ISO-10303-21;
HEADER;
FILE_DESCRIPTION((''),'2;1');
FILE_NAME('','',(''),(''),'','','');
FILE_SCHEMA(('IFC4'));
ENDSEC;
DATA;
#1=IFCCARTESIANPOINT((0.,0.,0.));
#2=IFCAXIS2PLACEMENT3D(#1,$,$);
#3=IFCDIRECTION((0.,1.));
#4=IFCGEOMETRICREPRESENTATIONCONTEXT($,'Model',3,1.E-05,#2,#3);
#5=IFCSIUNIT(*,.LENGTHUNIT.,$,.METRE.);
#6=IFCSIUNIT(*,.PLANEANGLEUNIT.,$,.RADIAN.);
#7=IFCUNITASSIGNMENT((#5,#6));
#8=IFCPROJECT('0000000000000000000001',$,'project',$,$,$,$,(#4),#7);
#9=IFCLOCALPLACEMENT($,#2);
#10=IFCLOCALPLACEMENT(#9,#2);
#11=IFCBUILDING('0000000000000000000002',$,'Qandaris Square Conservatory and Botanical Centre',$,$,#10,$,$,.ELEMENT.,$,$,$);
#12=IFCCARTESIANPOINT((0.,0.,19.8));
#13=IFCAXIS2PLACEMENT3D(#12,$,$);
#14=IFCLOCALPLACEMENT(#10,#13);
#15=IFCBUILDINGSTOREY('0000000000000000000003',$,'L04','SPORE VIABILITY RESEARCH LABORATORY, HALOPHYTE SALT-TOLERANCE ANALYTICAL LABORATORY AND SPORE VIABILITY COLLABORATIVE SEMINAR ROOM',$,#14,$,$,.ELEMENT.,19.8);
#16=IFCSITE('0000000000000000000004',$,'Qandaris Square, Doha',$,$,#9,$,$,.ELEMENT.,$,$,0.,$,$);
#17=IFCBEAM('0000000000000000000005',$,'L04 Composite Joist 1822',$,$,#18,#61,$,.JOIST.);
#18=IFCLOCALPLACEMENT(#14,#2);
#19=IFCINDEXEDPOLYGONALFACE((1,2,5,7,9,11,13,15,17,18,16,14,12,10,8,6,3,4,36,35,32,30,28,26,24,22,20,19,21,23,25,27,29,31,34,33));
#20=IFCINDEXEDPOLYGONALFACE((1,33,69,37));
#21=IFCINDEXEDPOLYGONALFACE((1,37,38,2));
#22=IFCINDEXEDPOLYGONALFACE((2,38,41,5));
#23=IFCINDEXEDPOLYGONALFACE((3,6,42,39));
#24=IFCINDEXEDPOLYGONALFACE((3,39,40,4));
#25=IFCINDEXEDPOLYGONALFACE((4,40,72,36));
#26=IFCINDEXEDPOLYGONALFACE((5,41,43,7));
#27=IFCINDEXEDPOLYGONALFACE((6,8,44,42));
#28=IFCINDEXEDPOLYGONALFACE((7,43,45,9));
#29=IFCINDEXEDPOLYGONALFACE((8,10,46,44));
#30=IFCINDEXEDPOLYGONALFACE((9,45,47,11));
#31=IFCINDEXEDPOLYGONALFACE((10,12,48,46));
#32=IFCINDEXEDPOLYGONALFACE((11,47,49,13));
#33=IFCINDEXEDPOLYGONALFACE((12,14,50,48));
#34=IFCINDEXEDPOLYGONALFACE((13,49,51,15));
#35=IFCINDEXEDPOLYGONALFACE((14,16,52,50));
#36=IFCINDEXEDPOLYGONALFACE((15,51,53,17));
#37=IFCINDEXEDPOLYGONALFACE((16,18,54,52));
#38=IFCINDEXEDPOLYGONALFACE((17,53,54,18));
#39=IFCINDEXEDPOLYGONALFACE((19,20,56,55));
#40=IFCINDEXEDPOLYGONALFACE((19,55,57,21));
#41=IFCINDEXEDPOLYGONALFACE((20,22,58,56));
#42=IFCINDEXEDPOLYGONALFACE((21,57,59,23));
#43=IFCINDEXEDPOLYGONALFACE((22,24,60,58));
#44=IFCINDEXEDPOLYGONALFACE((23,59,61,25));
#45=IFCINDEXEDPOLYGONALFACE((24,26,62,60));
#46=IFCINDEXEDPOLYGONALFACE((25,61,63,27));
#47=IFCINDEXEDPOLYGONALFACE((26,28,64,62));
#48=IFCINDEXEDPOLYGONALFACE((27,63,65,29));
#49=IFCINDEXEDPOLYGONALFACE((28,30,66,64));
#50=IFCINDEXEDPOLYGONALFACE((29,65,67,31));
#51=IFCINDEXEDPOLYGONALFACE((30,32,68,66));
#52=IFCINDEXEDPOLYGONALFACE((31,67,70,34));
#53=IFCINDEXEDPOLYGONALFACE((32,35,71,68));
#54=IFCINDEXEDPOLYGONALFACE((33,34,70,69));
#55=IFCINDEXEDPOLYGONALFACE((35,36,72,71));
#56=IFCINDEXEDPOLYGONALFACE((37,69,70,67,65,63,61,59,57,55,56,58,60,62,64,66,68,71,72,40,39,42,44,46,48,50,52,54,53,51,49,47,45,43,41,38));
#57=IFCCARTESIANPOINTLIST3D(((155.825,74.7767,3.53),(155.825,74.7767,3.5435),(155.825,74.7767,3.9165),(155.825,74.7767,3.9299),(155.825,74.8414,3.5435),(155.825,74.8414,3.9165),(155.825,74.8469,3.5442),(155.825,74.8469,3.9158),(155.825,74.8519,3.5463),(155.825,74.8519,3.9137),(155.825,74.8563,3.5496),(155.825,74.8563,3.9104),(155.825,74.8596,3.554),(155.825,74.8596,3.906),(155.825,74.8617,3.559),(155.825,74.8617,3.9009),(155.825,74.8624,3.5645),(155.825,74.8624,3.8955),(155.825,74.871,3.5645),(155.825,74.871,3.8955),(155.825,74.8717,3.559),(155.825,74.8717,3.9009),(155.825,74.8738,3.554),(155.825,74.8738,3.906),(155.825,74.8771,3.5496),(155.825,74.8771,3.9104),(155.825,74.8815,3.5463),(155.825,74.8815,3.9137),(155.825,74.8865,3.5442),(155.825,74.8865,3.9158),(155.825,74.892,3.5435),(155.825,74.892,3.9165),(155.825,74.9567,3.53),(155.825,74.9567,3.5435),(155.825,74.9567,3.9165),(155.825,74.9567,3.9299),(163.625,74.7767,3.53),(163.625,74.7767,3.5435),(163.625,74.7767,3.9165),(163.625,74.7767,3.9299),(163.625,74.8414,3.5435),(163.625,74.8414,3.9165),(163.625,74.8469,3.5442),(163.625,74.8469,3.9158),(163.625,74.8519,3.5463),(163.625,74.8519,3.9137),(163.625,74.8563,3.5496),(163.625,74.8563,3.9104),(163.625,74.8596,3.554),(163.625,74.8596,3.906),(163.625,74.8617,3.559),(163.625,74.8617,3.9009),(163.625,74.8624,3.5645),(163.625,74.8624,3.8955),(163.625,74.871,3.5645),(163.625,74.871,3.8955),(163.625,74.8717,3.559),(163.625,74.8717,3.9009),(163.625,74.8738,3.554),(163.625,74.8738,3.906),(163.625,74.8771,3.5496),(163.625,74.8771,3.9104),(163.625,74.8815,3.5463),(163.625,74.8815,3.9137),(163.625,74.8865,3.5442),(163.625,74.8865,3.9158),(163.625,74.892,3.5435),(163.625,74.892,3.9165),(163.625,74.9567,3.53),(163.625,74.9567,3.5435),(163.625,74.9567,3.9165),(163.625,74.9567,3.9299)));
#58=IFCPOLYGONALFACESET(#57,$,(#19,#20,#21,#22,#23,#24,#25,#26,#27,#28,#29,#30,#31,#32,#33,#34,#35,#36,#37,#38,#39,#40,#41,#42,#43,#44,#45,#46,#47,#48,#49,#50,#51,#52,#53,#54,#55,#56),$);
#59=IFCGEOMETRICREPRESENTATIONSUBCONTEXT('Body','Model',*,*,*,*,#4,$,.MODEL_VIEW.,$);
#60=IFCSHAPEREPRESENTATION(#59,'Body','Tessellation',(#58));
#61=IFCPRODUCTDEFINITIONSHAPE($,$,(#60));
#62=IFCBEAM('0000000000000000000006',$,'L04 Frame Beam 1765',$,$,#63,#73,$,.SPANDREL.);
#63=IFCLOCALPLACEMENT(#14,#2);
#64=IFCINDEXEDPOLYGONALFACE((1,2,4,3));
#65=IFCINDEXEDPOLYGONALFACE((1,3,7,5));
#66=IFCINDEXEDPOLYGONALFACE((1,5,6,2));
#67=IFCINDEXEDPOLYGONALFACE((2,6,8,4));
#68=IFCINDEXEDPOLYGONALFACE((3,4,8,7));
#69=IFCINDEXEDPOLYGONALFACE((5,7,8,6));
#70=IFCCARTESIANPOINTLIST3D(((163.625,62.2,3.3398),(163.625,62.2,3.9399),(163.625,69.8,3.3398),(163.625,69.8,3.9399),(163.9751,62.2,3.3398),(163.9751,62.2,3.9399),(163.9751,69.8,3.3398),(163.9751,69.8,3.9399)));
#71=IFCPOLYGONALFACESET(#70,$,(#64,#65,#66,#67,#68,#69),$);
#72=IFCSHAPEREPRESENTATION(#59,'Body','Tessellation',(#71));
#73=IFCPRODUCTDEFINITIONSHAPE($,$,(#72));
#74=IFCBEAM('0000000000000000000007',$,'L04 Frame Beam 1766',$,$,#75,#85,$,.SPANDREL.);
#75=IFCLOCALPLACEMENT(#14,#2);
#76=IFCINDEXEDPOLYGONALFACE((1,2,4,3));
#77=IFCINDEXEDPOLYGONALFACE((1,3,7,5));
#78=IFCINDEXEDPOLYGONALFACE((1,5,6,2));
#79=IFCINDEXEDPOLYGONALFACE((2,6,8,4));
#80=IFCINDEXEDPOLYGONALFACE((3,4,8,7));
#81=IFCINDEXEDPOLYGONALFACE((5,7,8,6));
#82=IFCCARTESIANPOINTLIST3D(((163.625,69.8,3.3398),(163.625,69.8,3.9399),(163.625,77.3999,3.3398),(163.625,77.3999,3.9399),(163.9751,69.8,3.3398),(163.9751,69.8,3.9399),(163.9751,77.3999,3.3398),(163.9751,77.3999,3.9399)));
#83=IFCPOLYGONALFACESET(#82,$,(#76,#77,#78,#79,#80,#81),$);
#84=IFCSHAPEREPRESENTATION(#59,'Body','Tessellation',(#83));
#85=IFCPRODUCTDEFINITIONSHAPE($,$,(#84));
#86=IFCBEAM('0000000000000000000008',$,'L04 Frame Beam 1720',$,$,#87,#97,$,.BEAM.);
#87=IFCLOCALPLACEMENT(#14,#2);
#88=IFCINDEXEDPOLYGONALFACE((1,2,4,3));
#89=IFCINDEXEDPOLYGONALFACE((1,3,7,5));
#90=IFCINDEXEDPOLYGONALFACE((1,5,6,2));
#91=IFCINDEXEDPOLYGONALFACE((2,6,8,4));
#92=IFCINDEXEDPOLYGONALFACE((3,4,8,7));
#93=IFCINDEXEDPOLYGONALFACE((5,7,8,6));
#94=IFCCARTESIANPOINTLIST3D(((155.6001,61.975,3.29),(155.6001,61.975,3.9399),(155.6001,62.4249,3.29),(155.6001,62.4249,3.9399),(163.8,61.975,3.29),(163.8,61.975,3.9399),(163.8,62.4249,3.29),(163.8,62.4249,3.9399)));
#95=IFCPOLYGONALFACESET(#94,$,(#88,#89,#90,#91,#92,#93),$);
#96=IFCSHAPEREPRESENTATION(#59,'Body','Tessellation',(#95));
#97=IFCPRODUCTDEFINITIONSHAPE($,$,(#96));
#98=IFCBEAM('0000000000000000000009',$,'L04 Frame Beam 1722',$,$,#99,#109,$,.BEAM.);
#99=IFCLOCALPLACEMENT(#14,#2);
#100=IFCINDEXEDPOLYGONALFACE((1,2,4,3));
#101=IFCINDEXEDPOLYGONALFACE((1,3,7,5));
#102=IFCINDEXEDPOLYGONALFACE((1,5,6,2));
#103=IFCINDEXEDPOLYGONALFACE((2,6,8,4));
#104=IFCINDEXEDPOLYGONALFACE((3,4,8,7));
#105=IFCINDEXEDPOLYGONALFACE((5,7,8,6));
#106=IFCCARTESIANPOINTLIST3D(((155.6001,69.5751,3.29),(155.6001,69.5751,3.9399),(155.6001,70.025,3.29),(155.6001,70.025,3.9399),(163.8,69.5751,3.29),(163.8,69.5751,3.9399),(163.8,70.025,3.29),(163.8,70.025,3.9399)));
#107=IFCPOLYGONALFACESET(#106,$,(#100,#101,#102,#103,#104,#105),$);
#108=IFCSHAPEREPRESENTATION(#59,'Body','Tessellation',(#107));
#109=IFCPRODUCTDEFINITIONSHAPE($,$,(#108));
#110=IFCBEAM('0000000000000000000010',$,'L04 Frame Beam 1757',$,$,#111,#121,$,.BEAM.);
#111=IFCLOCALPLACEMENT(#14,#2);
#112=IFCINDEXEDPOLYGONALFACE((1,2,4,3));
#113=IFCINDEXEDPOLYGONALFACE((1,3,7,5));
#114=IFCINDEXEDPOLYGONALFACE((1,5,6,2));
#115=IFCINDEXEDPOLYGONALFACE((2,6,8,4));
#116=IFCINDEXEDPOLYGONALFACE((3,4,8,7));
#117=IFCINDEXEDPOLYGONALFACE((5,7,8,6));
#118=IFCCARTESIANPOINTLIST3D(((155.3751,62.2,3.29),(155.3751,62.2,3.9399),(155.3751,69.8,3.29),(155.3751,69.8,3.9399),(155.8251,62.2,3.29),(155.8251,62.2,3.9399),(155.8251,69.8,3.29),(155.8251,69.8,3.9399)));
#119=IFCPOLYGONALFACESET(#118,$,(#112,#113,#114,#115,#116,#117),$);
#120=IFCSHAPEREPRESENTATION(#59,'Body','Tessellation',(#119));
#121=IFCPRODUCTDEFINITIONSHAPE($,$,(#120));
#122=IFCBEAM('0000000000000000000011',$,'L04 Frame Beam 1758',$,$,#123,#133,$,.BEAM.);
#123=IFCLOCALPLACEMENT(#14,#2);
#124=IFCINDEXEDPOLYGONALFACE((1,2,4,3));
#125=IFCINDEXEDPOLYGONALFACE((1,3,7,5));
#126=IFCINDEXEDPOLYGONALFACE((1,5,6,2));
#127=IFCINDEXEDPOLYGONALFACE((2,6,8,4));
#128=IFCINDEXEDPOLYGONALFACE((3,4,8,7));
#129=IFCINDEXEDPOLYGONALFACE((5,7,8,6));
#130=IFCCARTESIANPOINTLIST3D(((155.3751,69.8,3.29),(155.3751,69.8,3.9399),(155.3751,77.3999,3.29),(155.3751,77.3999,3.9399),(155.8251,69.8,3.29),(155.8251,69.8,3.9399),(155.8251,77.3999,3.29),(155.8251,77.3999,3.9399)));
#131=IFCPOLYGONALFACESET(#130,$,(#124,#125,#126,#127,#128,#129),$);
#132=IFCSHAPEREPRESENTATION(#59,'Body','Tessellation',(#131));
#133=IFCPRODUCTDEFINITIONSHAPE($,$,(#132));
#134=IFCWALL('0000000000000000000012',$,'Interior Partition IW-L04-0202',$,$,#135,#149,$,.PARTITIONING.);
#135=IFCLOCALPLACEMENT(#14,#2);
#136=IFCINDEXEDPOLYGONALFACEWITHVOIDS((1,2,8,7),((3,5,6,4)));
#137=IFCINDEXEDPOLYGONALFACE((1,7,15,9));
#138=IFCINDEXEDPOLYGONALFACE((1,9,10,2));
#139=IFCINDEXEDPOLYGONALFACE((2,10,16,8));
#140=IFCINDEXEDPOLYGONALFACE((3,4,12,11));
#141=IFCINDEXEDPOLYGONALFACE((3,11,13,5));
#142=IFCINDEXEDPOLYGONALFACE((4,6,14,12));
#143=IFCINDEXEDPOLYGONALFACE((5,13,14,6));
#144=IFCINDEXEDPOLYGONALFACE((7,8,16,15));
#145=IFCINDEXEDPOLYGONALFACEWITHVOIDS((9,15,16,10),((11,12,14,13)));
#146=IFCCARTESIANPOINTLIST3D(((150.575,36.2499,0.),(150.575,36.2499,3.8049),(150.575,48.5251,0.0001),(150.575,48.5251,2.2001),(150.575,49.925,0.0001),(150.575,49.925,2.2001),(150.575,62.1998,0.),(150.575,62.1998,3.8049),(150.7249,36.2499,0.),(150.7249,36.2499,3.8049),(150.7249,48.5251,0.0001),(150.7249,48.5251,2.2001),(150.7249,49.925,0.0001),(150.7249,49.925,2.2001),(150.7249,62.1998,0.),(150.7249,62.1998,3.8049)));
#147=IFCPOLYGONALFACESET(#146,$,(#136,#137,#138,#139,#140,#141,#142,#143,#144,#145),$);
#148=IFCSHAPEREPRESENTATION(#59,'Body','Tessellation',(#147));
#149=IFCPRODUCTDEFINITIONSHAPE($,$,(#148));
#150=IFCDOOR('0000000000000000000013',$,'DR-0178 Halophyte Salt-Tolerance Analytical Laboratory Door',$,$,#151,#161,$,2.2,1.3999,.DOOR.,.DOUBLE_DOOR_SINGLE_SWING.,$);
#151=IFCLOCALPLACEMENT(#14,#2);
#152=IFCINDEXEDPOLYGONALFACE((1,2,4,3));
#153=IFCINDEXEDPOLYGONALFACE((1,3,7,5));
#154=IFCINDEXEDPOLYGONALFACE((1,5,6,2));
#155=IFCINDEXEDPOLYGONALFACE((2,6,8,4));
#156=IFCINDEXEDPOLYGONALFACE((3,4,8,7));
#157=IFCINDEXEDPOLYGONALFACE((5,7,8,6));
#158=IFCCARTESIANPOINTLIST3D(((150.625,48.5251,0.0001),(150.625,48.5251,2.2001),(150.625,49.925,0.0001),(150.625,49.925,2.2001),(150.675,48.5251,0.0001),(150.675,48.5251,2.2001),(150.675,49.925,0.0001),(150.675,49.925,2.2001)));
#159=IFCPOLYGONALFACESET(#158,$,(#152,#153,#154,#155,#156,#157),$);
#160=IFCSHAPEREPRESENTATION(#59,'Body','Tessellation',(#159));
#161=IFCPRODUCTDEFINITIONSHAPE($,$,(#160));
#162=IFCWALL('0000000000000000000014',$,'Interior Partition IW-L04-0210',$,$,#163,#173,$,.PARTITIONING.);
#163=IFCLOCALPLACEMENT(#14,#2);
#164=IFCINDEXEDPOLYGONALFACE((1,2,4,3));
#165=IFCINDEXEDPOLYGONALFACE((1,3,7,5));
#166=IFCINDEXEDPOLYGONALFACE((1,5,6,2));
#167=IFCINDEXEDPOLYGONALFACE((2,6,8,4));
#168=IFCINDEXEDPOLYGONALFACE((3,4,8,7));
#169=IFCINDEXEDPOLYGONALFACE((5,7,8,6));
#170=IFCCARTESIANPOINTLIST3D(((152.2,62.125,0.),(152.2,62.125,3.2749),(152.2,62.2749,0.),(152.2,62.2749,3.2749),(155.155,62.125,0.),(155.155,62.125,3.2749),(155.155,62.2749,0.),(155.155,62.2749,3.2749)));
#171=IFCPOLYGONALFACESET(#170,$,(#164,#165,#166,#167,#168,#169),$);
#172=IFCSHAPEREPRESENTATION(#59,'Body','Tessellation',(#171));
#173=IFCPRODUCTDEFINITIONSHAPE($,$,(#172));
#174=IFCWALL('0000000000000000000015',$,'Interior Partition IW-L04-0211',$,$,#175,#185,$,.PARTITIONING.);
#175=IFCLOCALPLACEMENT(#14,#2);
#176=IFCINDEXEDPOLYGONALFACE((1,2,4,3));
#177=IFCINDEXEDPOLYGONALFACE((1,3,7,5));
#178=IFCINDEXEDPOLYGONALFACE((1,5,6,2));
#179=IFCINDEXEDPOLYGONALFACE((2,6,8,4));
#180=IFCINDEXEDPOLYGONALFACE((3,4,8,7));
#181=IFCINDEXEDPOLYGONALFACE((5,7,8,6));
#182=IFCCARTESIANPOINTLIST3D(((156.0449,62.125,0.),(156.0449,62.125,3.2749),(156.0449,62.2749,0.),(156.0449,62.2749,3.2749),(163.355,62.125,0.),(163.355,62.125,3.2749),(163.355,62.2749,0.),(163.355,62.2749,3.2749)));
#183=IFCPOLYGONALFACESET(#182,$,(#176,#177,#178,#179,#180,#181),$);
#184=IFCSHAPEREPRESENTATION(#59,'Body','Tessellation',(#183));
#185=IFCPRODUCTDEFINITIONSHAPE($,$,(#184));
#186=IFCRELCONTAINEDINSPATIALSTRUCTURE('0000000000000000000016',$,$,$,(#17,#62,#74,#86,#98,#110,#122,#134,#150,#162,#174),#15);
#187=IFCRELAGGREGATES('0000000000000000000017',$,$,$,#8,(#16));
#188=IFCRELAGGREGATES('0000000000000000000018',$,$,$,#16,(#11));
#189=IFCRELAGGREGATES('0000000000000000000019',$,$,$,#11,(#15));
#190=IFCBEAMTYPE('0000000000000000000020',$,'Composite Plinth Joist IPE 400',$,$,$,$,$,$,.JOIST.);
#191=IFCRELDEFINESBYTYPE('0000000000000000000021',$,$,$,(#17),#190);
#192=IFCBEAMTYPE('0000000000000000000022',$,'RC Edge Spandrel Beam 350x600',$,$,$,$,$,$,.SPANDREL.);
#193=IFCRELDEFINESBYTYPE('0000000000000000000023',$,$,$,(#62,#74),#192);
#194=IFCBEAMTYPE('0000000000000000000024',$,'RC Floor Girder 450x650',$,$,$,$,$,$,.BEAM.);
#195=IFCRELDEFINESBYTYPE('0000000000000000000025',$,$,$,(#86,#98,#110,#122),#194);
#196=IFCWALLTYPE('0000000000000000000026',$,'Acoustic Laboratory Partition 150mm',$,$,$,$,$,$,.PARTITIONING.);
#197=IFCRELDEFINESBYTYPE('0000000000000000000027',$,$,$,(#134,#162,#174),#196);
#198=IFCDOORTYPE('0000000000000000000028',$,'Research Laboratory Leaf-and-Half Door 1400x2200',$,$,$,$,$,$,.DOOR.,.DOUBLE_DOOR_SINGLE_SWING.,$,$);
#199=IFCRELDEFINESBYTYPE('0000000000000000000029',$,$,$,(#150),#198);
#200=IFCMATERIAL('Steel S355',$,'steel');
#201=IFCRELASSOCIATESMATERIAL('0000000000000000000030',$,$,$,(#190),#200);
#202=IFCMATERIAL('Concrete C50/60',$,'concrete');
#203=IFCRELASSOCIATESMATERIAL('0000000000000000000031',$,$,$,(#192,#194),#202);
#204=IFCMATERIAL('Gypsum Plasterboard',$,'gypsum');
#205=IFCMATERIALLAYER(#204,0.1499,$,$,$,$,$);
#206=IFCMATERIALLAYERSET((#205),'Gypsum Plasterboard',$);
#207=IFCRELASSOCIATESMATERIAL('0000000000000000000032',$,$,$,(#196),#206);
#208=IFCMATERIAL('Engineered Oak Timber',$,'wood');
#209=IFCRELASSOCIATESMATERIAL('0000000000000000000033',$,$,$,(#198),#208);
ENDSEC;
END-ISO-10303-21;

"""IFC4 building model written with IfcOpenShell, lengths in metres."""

from ifc_helpers import new_model, si_unit, direction, frame, frame_2d, origin, origin_2d, place, context, subcontext, project, spatial, rectangle, i_section, extrude, material, layer, layer_set, material_profile, profile_set, type_object, element, fill, save


model = new_model("IFC4")

# Units and contexts
model_context = context("Model", 3, precision=1e-05, world=origin(), true_north=direction((0.0, 1.0)))
body_context = subcontext(model_context, "Body", "Model", "MODEL_VIEW")
ifc_project = project(units=[si_unit("LENGTHUNIT", "METRE"), si_unit("PLANEANGLEUNIT", "RADIAN")], contexts=[model_context])

# Site, building, storey
site_placement = place(None, origin())
site = spatial("IfcSite", under=ifc_project, at=site_placement, Name="Qandaris Square, Doha", CompositionType="ELEMENT", RefElevation=0.0)
building_placement = place(site_placement, origin())
building = spatial("IfcBuilding", under=site, at=building_placement, Name="Qandaris Square Conservatory and Botanical Centre", CompositionType="ELEMENT")
storey_placement = place(building_placement, frame((0.0, 0.0, 19.8)))
storey = spatial("IfcBuildingStorey", under=building, at=storey_placement, Name="L04", Description="SPORE VIABILITY RESEARCH LABORATORY, HALOPHYTE SALT-TOLERANCE ANALYTICAL LABORATORY AND SPORE VIABILITY COLLABORATIVE SEMINAR ROOM", CompositionType="ELEMENT", Elevation=19.8)

# Shared definitions
ifc_material_1 = material(Name="Concrete C50/60", Category="concrete")

# Beams
ifc_material_2 = material(Name="Steel S355", Category="steel")
ifc_material_profile_1 = material_profile(ifc_material_2, i_section(OverallWidth=0.1799, OverallDepth=0.3999, WebThickness=0.0085, FlangeThickness=0.0134, FilletRadius=0.021, at=origin_2d()), Name="IPE 400")
ifc_profile_set_1 = profile_set([ifc_material_profile_1], Name="Steel S355")
beam_type_1 = type_object("IfcBeamType", Name="Composite Plinth Joist IPE 400", PredefinedType="JOIST", material=ifc_profile_set_1)
beam_1_placement = place(storey_placement, frame((155.825, 74.8667, 3.73), z_axis=(1.0, 0.0, 0.0), x_axis=(0.0, 1.0, 0.0)))
element("IfcBeam", 1, at=beam_1_placement, inside=storey, type_object=beam_type_1, Name="L04 Composite Joist 1822", PredefinedType="JOIST", context=body_context, shape_type="SweptSolid", body=[
    extrude(i_section(OverallWidth=0.1799, OverallDepth=0.3999, WebThickness=0.0085, FlangeThickness=0.0134, FilletRadius=0.021, at=origin_2d()), origin(), (0.0, 0.0, 1.0), 7.8),
])
ifc_material_profile_2 = material_profile(ifc_material_1, rectangle(XDim=0.3501, YDim=0.6001, at=origin_2d()), Name="RC-SP 350x600")
ifc_profile_set_2 = profile_set([ifc_material_profile_2], Name="Concrete C50/60")
beam_type_2 = type_object("IfcBeamType", Name="RC Edge Spandrel Beam 350x600", PredefinedType="SPANDREL", material=ifc_profile_set_2)
beam_2_placement = place(storey_placement, frame((163.8, 62.2, 3.6399), z_axis=(0.0, 1.0, 0.0), x_axis=(-1.0, 0.0, 0.0)))
element("IfcBeam", 2, at=beam_2_placement, inside=storey, type_object=beam_type_2, Name="L04 Frame Beam 1765", PredefinedType="SPANDREL", context=body_context, shape_type="SweptSolid", body=[
    extrude(rectangle(XDim=0.3501, YDim=0.6001, at=origin_2d()), origin(), (0.0, 0.0, 1.0), 7.6001),
])
beam_3_placement = place(storey_placement, frame((163.8, 69.8, 3.6399), z_axis=(0.0, 1.0, 0.0), x_axis=(-1.0, 0.0, 0.0)))
element("IfcBeam", 3, at=beam_3_placement, inside=storey, type_object=beam_type_2, Name="L04 Frame Beam 1766", PredefinedType="SPANDREL", context=body_context, shape_type="SweptSolid", body=[
    extrude(rectangle(XDim=0.3501, YDim=0.6001, at=origin_2d()), origin(), (0.0, 0.0, 1.0), 7.5999),
])
ifc_material_profile_3 = material_profile(ifc_material_1, rectangle(XDim=0.45, YDim=0.6499, at=origin_2d()), Name="RC-BM 450x650")
ifc_profile_set_3 = profile_set([ifc_material_profile_3], Name="Concrete C50/60")
beam_type_3 = type_object("IfcBeamType", Name="RC Floor Girder 450x650", PredefinedType="BEAM", material=ifc_profile_set_3)
for number, where, z_axis, x_axis, name in (
    (4, (155.6001, 62.2, 3.615), (1.0, 0.0, 0.0), (0.0, 1.0, 0.0), "L04 Frame Beam 1720"),
    (5, (155.6001, 69.8, 3.615), (1.0, 0.0, 0.0), (0.0, 1.0, 0.0), "L04 Frame Beam 1722"),
):
    element("IfcBeam", number, at=place(storey_placement, frame(where, z_axis=z_axis, x_axis=x_axis)), inside=storey, type_object=beam_type_3, Name=name, PredefinedType="BEAM", context=body_context, shape_type="SweptSolid", body=[
        extrude(rectangle(XDim=0.45, YDim=0.6499, at=origin_2d()), origin(), (0.0, 0.0, 1.0), 8.2),
    ])
beam_4_placement = place(storey_placement, frame((155.6001, 62.2, 3.615), z_axis=(0.0, 1.0, 0.0), x_axis=(-1.0, 0.0, 0.0)))
element("IfcBeam", 6, at=beam_4_placement, inside=storey, type_object=beam_type_3, Name="L04 Frame Beam 1757", PredefinedType="BEAM", context=body_context, shape_type="SweptSolid", body=[
    extrude(rectangle(XDim=0.45, YDim=0.6499, at=origin_2d()), origin(), (0.0, 0.0, 1.0), 7.6001),
])
beam_5_placement = place(storey_placement, frame((155.6001, 69.8, 3.615), z_axis=(0.0, 1.0, 0.0), x_axis=(-1.0, 0.0, 0.0)))
element("IfcBeam", 7, at=beam_5_placement, inside=storey, type_object=beam_type_3, Name="L04 Frame Beam 1758", PredefinedType="BEAM", context=body_context, shape_type="SweptSolid", body=[
    extrude(rectangle(XDim=0.45, YDim=0.6499, at=origin_2d()), origin(), (0.0, 0.0, 1.0), 7.5999),
])

# Wall, opening, door
ifc_material_3 = material(Name="Gypsum Plasterboard", Category="gypsum")
ifc_layer_1 = layer(ifc_material_3, 0.1499)
ifc_layer_set_1 = layer_set([ifc_layer_1], Name="Gypsum Plasterboard")
wall_type_1 = type_object("IfcWallType", Name="Acoustic Laboratory Partition 150mm", PredefinedType="PARTITIONING", material=ifc_layer_set_1)
wall_1_placement = place(storey_placement, frame((150.6499, 62.2, 0.0), z_axis=(0.0, 0.0, 1.0), x_axis=(0.0, -1.0, 0.0)))
wall_1 = element("IfcWall", 8, at=wall_1_placement, inside=storey, type_object=wall_type_1, Name="Interior Partition IW-L04-0202", PredefinedType="PARTITIONING", context=body_context, shape_type="SweptSolid", body=[
    extrude(rectangle(XDim=25.95, YDim=0.1499, at=frame_2d((12.9751, 0.0))), origin(), (0.0, 0.0, 1.0), 3.8049),
])
opening_1_placement = place(wall_1_placement, frame((12.2749, 0.0, 0.0)))
opening_1 = element("IfcOpeningElement", 9, at=opening_1_placement, cuts=wall_1, PredefinedType="OPENING", context=body_context, shape_type="SweptSolid", body=[
    extrude(rectangle(XDim=1.3999, YDim=2.2, at=frame_2d((0.7, 1.1001))), frame((0.0, 0.0869, 0.0), z_axis=(0.0, -1.0, 0.0), x_axis=(1.0, 0.0, 0.0)), (0.0, 0.0, 1.0), 0.1738),
])
ifc_material_4 = material(Name="Engineered Oak Timber", Category="wood")
door_type_1 = type_object("IfcDoorType", Name="Research Laboratory Leaf-and-Half Door 1400x2200", OperationType="DOUBLE_DOOR_SINGLE_SWING", PredefinedType="DOOR", material=ifc_material_4)
door_1_placement = place(opening_1_placement, frame((1.3999, 0.0, 0.0), z_axis=(0.0, 0.0, 1.0), x_axis=(-1.0, 0.0, 0.0)))
door_1 = element("IfcDoor", 10, at=door_1_placement, inside=storey, type_object=door_type_1, Name="DR-0178 Halophyte Salt-Tolerance Analytical Laboratory Door", OperationType="DOUBLE_DOOR_SINGLE_SWING", OverallHeight=2.2, OverallWidth=1.3999, PredefinedType="DOOR", context=body_context, shape_type="SweptSolid", body=[
    extrude(rectangle(XDim=1.3999, YDim=2.2, at=frame_2d((0.7, 1.1001))), frame((0.0, 0.0249, 0.0), z_axis=(0.0, -1.0, 0.0), x_axis=(1.0, 0.0, 0.0)), (0.0, 0.0, 1.0), 0.05),
])
fill(opening_1, door_1)

# Walls
wall_2_placement = place(storey_placement, frame((152.2, 62.2, 0.0), z_axis=(0.0, 0.0, 1.0), x_axis=(1.0, 0.0, 0.0)))
element("IfcWall", 11, at=wall_2_placement, inside=storey, type_object=wall_type_1, Name="Interior Partition IW-L04-0210", PredefinedType="PARTITIONING", context=body_context, shape_type="SweptSolid", body=[
    extrude(rectangle(XDim=2.9551, YDim=0.1499, at=frame_2d((1.4775, 0.0))), origin(), (0.0, 0.0, 1.0), 3.2749),
])
wall_3_placement = place(storey_placement, frame((156.0449, 62.2, 0.0), z_axis=(0.0, 0.0, 1.0), x_axis=(1.0, 0.0, 0.0)))
element("IfcWall", 12, at=wall_3_placement, inside=storey, type_object=wall_type_1, Name="Interior Partition IW-L04-0211", PredefinedType="PARTITIONING", context=body_context, shape_type="SweptSolid", body=[
    extrude(rectangle(XDim=7.3101, YDim=0.1499, at=frame_2d((3.655, 0.0))), origin(), (0.0, 0.0, 1.0), 3.2749),
])

save(model, "model.ifc")
